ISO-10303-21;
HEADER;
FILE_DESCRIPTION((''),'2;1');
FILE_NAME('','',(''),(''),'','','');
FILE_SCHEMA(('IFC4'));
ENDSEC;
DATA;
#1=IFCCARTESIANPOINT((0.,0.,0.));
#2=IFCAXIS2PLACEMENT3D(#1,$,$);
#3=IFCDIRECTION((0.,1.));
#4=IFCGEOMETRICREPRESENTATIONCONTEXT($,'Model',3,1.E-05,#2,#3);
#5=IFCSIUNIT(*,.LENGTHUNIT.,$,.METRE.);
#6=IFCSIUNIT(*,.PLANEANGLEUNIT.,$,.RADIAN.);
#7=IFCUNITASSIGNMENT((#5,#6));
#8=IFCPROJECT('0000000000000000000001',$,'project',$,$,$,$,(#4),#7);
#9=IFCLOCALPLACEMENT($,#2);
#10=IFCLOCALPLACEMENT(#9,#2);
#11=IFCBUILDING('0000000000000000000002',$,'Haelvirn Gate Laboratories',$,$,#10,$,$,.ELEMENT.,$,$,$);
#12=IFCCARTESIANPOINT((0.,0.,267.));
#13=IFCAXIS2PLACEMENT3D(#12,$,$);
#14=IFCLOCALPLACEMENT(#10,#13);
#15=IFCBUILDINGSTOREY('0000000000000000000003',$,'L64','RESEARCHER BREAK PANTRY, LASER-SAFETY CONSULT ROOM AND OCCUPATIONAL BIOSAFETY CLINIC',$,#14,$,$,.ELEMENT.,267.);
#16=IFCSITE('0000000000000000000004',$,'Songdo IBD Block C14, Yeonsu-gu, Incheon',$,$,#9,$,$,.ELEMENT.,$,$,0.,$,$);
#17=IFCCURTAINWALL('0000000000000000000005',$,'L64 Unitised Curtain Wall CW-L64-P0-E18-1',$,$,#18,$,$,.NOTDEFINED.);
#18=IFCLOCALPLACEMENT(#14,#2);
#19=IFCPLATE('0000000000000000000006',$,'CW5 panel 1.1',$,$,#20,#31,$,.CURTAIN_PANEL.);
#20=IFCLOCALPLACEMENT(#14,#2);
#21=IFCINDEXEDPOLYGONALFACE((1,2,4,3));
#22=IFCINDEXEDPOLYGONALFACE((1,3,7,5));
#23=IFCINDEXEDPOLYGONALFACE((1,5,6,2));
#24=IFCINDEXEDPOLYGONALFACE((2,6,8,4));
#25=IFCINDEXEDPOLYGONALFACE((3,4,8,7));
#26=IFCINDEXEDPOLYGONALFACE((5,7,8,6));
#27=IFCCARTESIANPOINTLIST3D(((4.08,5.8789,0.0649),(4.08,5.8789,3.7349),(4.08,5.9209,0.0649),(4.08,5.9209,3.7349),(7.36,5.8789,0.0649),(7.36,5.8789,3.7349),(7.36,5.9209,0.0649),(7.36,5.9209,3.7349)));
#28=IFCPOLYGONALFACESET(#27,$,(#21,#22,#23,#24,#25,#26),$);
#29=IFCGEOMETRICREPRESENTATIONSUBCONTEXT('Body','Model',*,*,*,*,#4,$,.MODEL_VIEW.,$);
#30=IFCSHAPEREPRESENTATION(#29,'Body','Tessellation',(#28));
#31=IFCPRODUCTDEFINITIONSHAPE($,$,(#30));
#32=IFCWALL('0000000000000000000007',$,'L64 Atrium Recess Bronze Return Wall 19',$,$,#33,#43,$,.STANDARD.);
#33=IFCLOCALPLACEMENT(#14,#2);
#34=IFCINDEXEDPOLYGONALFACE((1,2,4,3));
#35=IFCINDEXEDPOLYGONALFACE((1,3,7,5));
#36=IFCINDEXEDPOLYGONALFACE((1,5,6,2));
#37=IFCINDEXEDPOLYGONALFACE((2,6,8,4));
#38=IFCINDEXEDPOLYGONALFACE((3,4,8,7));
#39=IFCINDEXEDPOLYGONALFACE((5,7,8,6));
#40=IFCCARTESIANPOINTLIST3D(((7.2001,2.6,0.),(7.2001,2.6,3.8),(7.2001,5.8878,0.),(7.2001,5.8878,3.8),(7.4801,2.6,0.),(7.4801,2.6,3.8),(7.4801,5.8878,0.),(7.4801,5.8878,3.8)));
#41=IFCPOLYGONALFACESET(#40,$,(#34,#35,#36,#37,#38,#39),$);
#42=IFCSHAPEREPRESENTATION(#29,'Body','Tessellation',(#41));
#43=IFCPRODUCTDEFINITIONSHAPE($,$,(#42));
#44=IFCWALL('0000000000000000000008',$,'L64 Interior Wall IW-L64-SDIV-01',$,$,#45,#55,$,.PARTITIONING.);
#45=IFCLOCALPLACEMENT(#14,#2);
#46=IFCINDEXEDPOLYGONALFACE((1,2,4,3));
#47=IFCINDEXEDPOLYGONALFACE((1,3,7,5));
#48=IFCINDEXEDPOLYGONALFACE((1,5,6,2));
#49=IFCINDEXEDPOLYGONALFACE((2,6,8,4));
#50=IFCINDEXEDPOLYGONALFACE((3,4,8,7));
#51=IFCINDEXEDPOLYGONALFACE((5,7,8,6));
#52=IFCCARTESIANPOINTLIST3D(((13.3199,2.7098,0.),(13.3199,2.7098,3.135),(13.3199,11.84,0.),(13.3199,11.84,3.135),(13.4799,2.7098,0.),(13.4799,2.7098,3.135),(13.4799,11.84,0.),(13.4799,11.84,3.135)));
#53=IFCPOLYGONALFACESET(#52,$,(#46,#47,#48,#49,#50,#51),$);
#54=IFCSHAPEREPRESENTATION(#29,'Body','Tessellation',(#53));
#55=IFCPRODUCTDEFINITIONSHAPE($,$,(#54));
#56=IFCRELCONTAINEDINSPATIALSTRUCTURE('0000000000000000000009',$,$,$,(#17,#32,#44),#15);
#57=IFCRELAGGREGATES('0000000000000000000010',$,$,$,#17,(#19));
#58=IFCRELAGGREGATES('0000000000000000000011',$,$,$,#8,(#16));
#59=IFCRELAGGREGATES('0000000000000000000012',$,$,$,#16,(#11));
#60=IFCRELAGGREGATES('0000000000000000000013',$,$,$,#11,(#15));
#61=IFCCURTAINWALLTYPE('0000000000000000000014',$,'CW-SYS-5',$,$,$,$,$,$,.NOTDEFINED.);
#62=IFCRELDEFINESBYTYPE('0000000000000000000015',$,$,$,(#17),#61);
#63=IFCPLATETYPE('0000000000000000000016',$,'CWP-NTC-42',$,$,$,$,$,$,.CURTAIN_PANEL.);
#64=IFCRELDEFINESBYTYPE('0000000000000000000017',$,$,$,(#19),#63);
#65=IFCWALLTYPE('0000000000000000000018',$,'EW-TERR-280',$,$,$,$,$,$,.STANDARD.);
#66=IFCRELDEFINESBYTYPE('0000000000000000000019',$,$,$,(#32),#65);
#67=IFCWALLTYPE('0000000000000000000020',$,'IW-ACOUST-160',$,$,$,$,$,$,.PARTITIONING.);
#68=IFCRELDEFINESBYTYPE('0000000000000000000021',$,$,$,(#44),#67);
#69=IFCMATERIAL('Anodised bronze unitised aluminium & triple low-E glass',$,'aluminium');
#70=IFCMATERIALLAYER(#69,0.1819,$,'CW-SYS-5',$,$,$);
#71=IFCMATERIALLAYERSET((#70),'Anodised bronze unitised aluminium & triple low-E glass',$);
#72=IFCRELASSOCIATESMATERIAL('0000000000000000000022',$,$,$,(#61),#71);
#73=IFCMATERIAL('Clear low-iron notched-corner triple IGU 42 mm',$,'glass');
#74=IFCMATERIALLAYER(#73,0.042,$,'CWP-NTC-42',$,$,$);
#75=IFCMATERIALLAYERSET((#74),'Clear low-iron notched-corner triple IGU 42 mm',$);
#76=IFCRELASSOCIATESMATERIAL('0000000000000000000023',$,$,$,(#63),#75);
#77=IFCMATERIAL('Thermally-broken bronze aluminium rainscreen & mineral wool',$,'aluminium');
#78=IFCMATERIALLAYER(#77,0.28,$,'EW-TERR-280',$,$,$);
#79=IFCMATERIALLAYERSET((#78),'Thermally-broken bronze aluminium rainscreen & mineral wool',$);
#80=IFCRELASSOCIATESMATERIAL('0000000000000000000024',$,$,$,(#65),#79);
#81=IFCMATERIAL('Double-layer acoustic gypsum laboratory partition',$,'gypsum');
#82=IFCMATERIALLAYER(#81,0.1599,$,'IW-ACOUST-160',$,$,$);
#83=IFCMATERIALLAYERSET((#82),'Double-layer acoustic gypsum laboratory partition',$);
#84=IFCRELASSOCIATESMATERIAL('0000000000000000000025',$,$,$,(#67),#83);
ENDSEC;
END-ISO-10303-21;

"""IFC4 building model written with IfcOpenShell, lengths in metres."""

from ifc_helpers import new_model, si_unit, direction, frame, frame_2d, origin, origin_2d, place, context, subcontext, project, spatial, rectangle, extrude, source, transform, mapped, material, layer, layer_set, type_object, type_shapes, element, aggregate, save


model = new_model("IFC4")

# Units and contexts
model_context = context("Model", 3, precision=1e-05, world=origin(), true_north=direction((0.0, 1.0)))
body_context = subcontext(model_context, "Body", "Model", "MODEL_VIEW")
ifc_project = project(units=[si_unit("LENGTHUNIT", "METRE"), si_unit("PLANEANGLEUNIT", "RADIAN")], contexts=[model_context])

# Site, building, storey
site_placement = place(None, origin())
site = spatial("IfcSite", under=ifc_project, at=site_placement, Name="Songdo IBD Block C14, Yeonsu-gu, Incheon", CompositionType="ELEMENT", RefElevation=0.0)
building_placement = place(site_placement, origin())
building = spatial("IfcBuilding", under=site, at=building_placement, Name="Haelvirn Gate Laboratories", CompositionType="ELEMENT")
storey_placement = place(building_placement, frame((0.0, 0.0, 267.0)))
storey = spatial("IfcBuildingStorey", under=building, at=storey_placement, Name="L64", Description="RESEARCHER BREAK PANTRY, LASER-SAFETY CONSULT ROOM AND OCCUPATIONAL BIOSAFETY CLINIC", CompositionType="ELEMENT", Elevation=267.0)

# Curtain wall
ifc_material_1 = material(Name="Anodised bronze unitised aluminium & triple low-E glass", Category="aluminium")
ifc_layer_1 = layer(ifc_material_1, 0.1819, Name="CW-SYS-5")
ifc_layer_set_1 = layer_set([ifc_layer_1], Name="Anodised bronze unitised aluminium & triple low-E glass")
curtain_wall_type_1 = type_object("IfcCurtainWallType", Name="CW-SYS-5", PredefinedType="NOTDEFINED", material=ifc_layer_set_1)
curtain_wall_1_placement = place(storey_placement, origin())
curtain_wall_1 = element("IfcCurtainWall", 1, at=curtain_wall_1_placement, inside=storey, type_object=curtain_wall_type_1, Name="L64 Unitised Curtain Wall CW-L64-P0-E18-1", PredefinedType="NOTDEFINED")

# Plate
ifc_material_2 = material(Name="Clear low-iron notched-corner triple IGU 42 mm", Category="glass")
ifc_layer_2 = layer(ifc_material_2, 0.042, Name="CWP-NTC-42")
ifc_layer_set_2 = layer_set([ifc_layer_2], Name="Clear low-iron notched-corner triple IGU 42 mm")
plate_type_1 = type_object("IfcPlateType", Name="CWP-NTC-42", PredefinedType="CURTAIN_PANEL", material=ifc_layer_set_2)
shared_shape_1 = source(origin(), body_context, "Body", "SweptSolid", [
    extrude(rectangle(XDim=3.28, YDim=0.042, at=origin_2d()), origin(), (0.0, 0.0, 1.0), 3.6699),
])
type_shapes(plate_type_1, [shared_shape_1])
plate_1_placement = place(storey_placement, frame((5.72, 5.8999, 0.0649), z_axis=(0.0, 0.0, 1.0), x_axis=(1.0, 0.0, 0.0)))
plate_1 = element("IfcPlate", 2, at=plate_1_placement, type_object=plate_type_1, Name="CW5 panel 1.1", PredefinedType="CURTAIN_PANEL", context=body_context, shape_type="MappedRepresentation", body=[
    mapped(shared_shape_1, transform((0.0, 0.0, 0.0), scale=1.0)),
])
aggregate(curtain_wall_1, [plate_1])

# Walls
ifc_material_3 = material(Name="Thermally-broken bronze aluminium rainscreen & mineral wool", Category="aluminium")
ifc_layer_3 = layer(ifc_material_3, 0.28, Name="EW-TERR-280")
ifc_layer_set_3 = layer_set([ifc_layer_3], Name="Thermally-broken bronze aluminium rainscreen & mineral wool")
wall_type_1 = type_object("IfcWallType", Name="EW-TERR-280", PredefinedType="STANDARD", material=ifc_layer_set_3)
wall_1_placement = place(storey_placement, frame((7.3401, 5.8879, 0.0), z_axis=(0.0, 0.0, 1.0), x_axis=(0.0, -1.0, 0.0)))
element("IfcWall", 3, at=wall_1_placement, inside=storey, type_object=wall_type_1, Name="L64 Atrium Recess Bronze Return Wall 19", PredefinedType="STANDARD", context=body_context, shape_type="SweptSolid", body=[
    extrude(rectangle(XDim=3.2878, YDim=0.28, at=frame_2d((1.644, 0.0))), origin(), (0.0, 0.0, 1.0), 3.8),
])
ifc_material_4 = material(Name="Double-layer acoustic gypsum laboratory partition", Category="gypsum")
ifc_layer_4 = layer(ifc_material_4, 0.1599, Name="IW-ACOUST-160")
ifc_layer_set_4 = layer_set([ifc_layer_4], Name="Double-layer acoustic gypsum laboratory partition")
wall_type_2 = type_object("IfcWallType", Name="IW-ACOUST-160", PredefinedType="PARTITIONING", material=ifc_layer_set_4)
wall_2_placement = place(storey_placement, frame((13.3999, 2.71, 0.0), z_axis=(0.0, 0.0, 1.0), x_axis=(0.0, 1.0, 0.0)))
element("IfcWall", 4, at=wall_2_placement, inside=storey, type_object=wall_type_2, Name="L64 Interior Wall IW-L64-SDIV-01", PredefinedType="PARTITIONING", context=body_context, shape_type="SweptSolid", body=[
    extrude(rectangle(XDim=9.1301, YDim=0.1599, at=frame_2d((4.5649, 0.0))), origin(), (0.0, 0.0, 1.0), 3.135),
])

save(model, "model.ifc")
